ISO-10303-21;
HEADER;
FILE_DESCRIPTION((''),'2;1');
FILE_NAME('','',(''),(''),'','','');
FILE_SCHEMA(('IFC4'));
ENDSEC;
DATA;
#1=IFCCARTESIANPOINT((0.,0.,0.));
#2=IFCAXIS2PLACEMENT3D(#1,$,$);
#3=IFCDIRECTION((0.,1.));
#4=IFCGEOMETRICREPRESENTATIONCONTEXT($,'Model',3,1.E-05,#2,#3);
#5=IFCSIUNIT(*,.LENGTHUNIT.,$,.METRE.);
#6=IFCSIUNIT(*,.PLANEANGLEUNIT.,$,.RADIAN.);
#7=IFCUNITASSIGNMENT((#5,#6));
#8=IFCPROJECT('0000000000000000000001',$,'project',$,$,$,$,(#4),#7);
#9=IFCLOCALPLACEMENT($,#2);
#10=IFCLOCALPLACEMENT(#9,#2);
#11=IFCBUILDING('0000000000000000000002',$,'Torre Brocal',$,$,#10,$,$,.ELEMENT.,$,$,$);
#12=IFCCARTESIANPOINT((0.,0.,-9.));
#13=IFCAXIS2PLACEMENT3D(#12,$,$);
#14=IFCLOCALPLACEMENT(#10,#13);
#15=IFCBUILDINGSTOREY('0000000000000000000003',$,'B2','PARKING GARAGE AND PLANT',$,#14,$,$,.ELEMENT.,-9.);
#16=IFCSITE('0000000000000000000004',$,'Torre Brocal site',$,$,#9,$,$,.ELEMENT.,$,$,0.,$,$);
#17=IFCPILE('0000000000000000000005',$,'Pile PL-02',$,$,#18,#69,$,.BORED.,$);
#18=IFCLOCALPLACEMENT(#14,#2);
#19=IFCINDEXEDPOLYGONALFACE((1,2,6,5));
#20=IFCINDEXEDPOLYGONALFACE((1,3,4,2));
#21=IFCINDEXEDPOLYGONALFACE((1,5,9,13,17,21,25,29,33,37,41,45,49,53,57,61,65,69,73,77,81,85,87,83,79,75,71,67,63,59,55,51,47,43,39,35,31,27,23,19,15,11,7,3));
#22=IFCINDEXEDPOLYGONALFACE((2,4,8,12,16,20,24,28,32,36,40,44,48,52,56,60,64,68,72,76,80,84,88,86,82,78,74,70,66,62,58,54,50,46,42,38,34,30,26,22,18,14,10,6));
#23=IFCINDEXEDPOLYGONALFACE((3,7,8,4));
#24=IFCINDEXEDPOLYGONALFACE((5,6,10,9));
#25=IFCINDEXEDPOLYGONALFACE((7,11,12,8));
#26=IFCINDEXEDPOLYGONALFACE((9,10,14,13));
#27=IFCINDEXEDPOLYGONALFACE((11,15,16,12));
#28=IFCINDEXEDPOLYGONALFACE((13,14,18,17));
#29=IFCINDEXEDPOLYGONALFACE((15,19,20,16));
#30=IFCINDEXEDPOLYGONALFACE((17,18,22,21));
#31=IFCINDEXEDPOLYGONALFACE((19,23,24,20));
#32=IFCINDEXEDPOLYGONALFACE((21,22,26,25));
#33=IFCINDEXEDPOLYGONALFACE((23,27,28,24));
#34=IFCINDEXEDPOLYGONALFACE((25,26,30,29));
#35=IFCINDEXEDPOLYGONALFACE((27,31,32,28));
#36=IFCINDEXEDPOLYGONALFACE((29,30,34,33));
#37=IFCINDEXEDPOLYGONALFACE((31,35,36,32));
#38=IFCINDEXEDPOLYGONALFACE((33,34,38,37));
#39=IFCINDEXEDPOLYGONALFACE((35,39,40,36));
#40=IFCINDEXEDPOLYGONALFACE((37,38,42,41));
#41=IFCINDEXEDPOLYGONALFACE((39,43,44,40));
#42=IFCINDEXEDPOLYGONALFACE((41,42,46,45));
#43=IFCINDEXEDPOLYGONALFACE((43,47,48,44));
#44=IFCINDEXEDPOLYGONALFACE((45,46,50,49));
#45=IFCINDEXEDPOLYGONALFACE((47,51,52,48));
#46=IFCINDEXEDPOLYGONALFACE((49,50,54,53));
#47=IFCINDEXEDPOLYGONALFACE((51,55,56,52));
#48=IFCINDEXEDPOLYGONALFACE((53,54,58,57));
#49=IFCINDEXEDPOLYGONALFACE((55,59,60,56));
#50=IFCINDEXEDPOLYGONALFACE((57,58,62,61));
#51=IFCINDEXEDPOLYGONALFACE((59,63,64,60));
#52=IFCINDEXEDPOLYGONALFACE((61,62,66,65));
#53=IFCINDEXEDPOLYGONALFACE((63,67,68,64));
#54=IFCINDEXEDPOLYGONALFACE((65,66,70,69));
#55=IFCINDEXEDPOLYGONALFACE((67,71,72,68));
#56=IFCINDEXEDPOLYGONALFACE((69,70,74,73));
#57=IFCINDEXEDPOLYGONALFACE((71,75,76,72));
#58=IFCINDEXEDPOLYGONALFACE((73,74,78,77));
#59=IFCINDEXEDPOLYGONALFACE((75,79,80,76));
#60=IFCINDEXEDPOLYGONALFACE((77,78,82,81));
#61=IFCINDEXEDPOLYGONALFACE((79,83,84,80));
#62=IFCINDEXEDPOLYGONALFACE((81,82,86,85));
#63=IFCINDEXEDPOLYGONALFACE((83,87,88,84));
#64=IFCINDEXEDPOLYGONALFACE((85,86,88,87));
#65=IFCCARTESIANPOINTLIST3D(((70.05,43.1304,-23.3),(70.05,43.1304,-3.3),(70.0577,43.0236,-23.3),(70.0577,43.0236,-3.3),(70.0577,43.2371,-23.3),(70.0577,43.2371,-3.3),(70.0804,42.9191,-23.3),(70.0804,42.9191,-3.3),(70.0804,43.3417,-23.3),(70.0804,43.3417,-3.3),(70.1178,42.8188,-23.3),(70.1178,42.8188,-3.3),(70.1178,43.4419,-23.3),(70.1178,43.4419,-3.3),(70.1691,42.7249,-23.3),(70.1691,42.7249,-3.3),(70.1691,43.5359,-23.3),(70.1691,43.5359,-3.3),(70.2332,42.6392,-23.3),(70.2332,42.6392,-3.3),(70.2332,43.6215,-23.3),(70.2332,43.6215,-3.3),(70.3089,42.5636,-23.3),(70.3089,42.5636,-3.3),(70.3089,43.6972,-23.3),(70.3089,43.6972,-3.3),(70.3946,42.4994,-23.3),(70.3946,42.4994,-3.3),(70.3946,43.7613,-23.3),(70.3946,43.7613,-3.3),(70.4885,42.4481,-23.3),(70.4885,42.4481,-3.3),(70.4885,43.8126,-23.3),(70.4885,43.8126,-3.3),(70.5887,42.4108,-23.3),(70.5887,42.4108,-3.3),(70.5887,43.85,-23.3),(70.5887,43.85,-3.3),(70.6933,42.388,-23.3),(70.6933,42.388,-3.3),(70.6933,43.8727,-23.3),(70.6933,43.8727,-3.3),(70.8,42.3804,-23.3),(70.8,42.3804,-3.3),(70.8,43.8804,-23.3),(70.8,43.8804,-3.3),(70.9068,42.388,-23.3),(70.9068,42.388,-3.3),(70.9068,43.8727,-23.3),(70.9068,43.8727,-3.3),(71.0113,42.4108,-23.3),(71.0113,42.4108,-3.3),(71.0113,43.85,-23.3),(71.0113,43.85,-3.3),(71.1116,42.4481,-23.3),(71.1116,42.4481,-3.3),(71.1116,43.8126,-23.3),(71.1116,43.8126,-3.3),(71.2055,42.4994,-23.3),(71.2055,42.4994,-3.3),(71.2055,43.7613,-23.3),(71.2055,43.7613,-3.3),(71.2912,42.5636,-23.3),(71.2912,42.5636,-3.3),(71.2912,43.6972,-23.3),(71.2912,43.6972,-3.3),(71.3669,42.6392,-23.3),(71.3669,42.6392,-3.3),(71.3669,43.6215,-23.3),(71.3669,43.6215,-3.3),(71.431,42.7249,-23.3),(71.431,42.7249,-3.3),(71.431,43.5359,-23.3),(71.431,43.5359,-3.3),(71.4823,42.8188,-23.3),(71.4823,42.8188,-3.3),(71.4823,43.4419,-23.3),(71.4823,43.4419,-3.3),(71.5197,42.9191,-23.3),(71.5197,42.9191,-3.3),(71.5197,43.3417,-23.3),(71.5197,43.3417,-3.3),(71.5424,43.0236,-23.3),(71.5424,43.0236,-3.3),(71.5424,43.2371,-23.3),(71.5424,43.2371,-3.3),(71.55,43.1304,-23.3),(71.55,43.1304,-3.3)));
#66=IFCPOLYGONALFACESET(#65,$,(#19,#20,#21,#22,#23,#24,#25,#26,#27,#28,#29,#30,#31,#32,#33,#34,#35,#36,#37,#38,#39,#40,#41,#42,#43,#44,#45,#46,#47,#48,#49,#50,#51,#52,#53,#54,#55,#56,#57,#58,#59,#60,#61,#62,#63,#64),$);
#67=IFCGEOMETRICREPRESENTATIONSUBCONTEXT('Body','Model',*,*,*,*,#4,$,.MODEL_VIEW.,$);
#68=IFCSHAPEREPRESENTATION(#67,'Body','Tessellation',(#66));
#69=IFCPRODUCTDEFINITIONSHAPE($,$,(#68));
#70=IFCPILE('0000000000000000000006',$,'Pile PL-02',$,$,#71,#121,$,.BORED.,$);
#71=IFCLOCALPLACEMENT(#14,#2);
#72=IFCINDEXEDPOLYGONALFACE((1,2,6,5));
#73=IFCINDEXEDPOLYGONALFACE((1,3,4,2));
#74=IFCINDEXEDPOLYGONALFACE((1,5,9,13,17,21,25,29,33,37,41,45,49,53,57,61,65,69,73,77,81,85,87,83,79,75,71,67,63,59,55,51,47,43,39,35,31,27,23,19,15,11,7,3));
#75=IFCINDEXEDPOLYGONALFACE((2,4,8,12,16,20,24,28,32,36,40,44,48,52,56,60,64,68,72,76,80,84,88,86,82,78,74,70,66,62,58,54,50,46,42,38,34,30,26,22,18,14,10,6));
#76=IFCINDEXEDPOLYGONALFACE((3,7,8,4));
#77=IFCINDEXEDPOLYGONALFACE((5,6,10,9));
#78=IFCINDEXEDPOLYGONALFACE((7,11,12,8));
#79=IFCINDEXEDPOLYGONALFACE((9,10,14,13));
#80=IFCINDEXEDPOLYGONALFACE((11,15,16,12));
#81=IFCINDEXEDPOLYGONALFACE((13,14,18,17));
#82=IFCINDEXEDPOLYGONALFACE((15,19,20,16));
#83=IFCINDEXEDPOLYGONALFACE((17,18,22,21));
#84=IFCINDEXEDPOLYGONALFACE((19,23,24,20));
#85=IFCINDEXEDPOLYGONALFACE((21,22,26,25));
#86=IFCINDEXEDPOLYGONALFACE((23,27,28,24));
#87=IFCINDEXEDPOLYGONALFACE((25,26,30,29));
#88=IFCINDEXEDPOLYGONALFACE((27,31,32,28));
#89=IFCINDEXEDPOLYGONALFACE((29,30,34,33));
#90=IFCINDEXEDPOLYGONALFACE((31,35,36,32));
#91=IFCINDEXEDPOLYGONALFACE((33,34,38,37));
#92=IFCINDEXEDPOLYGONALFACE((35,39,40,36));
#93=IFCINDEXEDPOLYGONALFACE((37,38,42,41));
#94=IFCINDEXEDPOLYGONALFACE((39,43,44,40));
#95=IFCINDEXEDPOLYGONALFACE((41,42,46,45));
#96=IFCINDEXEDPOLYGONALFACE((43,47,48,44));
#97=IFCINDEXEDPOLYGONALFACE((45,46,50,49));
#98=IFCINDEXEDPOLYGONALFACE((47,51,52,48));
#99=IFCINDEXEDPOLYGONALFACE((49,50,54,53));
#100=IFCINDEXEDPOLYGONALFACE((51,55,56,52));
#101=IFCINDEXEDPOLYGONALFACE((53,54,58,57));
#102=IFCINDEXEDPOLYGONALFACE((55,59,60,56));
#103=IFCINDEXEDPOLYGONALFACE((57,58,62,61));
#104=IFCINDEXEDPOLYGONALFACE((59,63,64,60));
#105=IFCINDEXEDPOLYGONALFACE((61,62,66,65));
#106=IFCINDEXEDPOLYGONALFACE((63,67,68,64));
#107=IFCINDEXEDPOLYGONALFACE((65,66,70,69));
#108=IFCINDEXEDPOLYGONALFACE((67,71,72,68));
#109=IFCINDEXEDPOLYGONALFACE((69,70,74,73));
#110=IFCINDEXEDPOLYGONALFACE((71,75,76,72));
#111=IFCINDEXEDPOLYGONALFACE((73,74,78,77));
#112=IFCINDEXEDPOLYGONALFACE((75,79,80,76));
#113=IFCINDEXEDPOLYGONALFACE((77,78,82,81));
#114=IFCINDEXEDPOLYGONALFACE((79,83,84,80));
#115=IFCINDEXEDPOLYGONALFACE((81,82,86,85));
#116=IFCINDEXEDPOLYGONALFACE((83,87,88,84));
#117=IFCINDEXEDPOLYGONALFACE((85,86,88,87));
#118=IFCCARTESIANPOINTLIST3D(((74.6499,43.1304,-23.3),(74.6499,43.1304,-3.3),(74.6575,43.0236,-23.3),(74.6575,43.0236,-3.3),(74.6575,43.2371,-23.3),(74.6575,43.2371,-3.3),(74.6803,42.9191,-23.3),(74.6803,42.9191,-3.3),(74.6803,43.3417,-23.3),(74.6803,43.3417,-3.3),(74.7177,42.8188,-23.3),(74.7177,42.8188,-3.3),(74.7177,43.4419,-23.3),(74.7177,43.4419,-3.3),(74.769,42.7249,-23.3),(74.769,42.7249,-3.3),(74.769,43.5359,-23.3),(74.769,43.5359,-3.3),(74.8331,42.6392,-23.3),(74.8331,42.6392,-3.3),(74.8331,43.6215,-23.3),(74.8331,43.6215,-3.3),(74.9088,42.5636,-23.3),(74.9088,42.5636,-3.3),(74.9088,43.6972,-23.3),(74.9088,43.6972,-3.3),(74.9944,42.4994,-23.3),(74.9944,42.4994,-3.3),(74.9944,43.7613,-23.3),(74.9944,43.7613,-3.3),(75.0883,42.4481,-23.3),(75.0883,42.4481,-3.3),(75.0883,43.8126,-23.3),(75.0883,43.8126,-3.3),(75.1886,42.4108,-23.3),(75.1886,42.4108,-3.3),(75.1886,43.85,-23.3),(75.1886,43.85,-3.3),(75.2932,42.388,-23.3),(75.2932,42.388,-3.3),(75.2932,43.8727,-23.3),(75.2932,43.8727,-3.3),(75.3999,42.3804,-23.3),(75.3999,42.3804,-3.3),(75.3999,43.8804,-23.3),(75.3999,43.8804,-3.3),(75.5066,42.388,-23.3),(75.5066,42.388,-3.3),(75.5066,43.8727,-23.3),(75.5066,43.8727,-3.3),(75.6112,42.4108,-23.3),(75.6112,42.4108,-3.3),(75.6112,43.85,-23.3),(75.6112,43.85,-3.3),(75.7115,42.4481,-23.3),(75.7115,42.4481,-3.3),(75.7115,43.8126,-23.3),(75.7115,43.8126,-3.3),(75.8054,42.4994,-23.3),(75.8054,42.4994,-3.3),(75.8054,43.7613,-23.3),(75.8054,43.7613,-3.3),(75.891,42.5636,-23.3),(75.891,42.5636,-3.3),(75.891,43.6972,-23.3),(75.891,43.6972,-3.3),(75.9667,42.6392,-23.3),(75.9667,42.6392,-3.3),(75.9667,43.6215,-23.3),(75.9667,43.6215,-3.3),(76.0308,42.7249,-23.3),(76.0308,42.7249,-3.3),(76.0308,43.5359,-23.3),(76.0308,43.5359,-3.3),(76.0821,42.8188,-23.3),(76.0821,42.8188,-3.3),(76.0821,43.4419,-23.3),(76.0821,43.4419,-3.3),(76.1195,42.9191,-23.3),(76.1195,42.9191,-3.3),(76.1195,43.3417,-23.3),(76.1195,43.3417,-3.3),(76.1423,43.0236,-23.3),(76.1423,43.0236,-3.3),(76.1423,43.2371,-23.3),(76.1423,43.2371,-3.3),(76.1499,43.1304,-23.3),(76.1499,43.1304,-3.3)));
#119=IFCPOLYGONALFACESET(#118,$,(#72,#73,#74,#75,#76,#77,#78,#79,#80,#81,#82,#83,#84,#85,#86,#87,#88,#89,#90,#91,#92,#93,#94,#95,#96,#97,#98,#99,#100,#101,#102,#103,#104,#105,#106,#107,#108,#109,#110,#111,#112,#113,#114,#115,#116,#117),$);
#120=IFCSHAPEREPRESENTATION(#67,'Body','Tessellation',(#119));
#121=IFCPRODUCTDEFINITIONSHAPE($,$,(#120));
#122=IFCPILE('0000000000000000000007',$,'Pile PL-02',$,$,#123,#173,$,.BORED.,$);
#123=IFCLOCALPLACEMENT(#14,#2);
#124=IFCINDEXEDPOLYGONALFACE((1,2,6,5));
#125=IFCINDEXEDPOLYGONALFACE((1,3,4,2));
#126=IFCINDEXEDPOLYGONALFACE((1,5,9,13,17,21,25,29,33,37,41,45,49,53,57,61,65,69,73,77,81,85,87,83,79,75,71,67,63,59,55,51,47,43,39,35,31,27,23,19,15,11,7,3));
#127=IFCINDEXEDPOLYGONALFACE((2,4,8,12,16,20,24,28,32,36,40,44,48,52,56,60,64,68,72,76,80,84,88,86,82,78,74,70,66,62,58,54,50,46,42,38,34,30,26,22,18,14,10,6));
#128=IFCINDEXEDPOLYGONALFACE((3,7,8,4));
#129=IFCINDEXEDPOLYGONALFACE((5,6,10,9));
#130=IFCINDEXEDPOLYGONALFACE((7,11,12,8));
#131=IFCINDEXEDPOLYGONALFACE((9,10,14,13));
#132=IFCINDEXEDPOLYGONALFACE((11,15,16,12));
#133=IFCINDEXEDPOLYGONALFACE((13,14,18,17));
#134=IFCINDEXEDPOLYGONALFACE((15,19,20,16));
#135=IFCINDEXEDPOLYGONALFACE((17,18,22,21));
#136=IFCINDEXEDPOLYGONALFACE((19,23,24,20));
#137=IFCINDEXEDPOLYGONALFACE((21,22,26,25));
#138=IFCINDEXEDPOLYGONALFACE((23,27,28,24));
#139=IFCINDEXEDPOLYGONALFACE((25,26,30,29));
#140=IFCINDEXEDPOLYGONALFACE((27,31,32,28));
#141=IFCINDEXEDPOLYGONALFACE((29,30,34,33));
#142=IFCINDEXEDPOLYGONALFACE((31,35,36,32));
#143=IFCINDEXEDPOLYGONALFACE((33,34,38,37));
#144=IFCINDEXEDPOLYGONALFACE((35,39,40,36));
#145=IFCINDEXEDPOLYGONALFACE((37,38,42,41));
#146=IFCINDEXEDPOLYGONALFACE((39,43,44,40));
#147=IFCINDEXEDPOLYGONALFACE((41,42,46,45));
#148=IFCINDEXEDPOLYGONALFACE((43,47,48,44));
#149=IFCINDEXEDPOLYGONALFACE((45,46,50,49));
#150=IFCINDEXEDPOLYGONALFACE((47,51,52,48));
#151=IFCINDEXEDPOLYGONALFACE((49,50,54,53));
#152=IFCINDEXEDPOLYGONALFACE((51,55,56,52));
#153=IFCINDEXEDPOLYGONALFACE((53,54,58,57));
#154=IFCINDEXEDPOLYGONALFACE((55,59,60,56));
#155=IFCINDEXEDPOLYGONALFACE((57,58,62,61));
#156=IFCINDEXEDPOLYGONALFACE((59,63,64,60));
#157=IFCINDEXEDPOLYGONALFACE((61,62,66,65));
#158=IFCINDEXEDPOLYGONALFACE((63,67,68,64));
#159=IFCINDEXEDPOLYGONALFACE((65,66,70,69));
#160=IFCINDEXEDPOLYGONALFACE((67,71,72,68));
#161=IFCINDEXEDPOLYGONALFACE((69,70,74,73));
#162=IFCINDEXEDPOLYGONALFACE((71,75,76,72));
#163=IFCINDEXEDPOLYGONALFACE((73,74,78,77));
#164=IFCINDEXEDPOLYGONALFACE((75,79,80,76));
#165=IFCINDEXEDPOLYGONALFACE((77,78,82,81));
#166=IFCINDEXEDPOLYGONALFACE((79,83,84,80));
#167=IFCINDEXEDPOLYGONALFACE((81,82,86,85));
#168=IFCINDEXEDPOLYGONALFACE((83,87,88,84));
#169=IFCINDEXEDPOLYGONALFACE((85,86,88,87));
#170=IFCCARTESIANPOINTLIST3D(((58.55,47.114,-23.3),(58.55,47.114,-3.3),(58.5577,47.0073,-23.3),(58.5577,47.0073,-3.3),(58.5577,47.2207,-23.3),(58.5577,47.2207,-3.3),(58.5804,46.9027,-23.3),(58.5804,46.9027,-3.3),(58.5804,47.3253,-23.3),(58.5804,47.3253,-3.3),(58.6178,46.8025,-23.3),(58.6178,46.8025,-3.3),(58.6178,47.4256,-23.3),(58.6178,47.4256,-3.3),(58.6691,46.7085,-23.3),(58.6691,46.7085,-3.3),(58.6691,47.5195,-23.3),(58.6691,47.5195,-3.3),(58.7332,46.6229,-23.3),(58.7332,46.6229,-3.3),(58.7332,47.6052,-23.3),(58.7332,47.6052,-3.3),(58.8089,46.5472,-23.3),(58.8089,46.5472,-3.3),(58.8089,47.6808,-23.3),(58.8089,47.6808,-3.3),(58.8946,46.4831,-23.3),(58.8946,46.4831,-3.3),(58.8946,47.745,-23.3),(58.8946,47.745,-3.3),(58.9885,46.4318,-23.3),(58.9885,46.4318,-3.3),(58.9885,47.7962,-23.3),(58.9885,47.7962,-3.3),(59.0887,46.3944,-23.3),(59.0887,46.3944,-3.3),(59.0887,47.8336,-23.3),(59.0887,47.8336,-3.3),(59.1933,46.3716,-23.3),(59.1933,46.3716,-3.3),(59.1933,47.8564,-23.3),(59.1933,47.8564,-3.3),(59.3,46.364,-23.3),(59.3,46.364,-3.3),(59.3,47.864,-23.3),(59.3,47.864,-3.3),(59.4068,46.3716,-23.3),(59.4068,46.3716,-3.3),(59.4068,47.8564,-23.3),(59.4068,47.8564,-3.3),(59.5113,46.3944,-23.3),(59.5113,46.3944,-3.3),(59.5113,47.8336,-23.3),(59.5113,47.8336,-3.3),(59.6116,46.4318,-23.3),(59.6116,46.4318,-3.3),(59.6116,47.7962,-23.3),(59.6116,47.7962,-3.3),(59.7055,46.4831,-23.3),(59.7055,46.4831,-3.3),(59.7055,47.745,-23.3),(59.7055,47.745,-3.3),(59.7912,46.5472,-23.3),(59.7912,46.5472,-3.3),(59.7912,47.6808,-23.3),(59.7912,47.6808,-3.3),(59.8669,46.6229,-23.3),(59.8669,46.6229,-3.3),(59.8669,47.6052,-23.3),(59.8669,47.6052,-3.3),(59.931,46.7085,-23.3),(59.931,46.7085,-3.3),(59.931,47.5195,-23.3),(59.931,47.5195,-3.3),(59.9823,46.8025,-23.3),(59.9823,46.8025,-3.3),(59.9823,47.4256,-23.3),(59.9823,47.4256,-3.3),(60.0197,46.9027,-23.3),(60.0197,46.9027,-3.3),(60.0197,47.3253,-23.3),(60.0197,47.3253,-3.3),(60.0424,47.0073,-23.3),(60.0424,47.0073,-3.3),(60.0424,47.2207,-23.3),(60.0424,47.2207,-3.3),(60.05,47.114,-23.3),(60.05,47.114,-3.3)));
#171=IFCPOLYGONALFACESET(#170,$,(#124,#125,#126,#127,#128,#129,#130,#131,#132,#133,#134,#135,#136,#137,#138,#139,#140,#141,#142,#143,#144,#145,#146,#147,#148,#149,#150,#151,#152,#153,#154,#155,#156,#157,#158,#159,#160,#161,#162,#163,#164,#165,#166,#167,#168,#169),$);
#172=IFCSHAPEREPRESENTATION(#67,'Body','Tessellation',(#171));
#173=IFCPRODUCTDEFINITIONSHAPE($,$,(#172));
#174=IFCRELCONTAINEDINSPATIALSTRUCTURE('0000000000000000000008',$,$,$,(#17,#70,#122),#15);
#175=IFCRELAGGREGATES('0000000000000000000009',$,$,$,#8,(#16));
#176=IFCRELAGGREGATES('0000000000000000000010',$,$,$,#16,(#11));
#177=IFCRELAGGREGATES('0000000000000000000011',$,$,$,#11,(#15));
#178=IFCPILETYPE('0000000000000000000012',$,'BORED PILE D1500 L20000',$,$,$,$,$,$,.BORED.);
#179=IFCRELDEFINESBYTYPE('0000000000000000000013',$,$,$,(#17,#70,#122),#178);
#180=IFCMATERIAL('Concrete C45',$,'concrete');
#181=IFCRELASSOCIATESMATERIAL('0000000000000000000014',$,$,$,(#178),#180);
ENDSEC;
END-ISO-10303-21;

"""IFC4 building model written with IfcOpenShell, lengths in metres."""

from ifc_helpers import new_model, si_unit, direction, frame, origin, origin_2d, place, context, subcontext, project, spatial, circle, extrude, material, material_profile, profile_set, type_object, element, save


model = new_model("IFC4")

# Units and contexts
model_context = context("Model", 3, precision=1e-05, world=origin(), true_north=direction((0.0, 1.0)))
body_context = subcontext(model_context, "Body", "Model", "MODEL_VIEW")
ifc_project = project(units=[si_unit("LENGTHUNIT", "METRE"), si_unit("PLANEANGLEUNIT", "RADIAN")], contexts=[model_context])

# Site, building, storey
site_placement = place(None, origin())
site = spatial("IfcSite", under=ifc_project, at=site_placement, Name="Torre Brocal site", CompositionType="ELEMENT", RefElevation=0.0)
building_placement = place(site_placement, origin())
building = spatial("IfcBuilding", under=site, at=building_placement, Name="Torre Brocal", CompositionType="ELEMENT")
storey_placement = place(building_placement, frame((0.0, 0.0, -9.0)))
storey = spatial("IfcBuildingStorey", under=building, at=storey_placement, Name="B2", Description="PARKING GARAGE AND PLANT", CompositionType="ELEMENT", Elevation=-9.0)

# Piles
ifc_material_1 = material(Name="Concrete C45", Category="concrete")
ifc_material_profile_1 = material_profile(ifc_material_1, circle(Radius=0.75, at=origin_2d()), Name="BORED PILE D1500")
ifc_profile_set_1 = profile_set([ifc_material_profile_1], Name="Concrete C45")
pile_type_1 = type_object("IfcPileType", Name="BORED PILE D1500 L20000", PredefinedType="BORED", material=ifc_profile_set_1)
for number, where, z_axis, x_axis, name in (
    (1, (70.8, 43.1304, -3.3), (0.0, 0.0, -1.0), (1.0, 0.0, 0.0), "Pile PL-02"),
    (2, (75.3999, 43.1304, -3.3), (0.0, 0.0, -1.0), (1.0, 0.0, 0.0), "Pile PL-02"),
    (3, (59.3, 47.114, -3.3), (0.0, 0.0, -1.0), (1.0, 0.0, 0.0), "Pile PL-02"),
):
    element("IfcPile", number, at=place(storey_placement, frame(where, z_axis=z_axis, x_axis=x_axis)), inside=storey, type_object=pile_type_1, Name=name, PredefinedType="BORED", context=body_context, shape_type="SweptSolid", body=[
        extrude(circle(Radius=0.75, at=origin_2d()), origin(), (0.0, 0.0, 1.0), 20.0),
    ])

save(model, "model.ifc")
